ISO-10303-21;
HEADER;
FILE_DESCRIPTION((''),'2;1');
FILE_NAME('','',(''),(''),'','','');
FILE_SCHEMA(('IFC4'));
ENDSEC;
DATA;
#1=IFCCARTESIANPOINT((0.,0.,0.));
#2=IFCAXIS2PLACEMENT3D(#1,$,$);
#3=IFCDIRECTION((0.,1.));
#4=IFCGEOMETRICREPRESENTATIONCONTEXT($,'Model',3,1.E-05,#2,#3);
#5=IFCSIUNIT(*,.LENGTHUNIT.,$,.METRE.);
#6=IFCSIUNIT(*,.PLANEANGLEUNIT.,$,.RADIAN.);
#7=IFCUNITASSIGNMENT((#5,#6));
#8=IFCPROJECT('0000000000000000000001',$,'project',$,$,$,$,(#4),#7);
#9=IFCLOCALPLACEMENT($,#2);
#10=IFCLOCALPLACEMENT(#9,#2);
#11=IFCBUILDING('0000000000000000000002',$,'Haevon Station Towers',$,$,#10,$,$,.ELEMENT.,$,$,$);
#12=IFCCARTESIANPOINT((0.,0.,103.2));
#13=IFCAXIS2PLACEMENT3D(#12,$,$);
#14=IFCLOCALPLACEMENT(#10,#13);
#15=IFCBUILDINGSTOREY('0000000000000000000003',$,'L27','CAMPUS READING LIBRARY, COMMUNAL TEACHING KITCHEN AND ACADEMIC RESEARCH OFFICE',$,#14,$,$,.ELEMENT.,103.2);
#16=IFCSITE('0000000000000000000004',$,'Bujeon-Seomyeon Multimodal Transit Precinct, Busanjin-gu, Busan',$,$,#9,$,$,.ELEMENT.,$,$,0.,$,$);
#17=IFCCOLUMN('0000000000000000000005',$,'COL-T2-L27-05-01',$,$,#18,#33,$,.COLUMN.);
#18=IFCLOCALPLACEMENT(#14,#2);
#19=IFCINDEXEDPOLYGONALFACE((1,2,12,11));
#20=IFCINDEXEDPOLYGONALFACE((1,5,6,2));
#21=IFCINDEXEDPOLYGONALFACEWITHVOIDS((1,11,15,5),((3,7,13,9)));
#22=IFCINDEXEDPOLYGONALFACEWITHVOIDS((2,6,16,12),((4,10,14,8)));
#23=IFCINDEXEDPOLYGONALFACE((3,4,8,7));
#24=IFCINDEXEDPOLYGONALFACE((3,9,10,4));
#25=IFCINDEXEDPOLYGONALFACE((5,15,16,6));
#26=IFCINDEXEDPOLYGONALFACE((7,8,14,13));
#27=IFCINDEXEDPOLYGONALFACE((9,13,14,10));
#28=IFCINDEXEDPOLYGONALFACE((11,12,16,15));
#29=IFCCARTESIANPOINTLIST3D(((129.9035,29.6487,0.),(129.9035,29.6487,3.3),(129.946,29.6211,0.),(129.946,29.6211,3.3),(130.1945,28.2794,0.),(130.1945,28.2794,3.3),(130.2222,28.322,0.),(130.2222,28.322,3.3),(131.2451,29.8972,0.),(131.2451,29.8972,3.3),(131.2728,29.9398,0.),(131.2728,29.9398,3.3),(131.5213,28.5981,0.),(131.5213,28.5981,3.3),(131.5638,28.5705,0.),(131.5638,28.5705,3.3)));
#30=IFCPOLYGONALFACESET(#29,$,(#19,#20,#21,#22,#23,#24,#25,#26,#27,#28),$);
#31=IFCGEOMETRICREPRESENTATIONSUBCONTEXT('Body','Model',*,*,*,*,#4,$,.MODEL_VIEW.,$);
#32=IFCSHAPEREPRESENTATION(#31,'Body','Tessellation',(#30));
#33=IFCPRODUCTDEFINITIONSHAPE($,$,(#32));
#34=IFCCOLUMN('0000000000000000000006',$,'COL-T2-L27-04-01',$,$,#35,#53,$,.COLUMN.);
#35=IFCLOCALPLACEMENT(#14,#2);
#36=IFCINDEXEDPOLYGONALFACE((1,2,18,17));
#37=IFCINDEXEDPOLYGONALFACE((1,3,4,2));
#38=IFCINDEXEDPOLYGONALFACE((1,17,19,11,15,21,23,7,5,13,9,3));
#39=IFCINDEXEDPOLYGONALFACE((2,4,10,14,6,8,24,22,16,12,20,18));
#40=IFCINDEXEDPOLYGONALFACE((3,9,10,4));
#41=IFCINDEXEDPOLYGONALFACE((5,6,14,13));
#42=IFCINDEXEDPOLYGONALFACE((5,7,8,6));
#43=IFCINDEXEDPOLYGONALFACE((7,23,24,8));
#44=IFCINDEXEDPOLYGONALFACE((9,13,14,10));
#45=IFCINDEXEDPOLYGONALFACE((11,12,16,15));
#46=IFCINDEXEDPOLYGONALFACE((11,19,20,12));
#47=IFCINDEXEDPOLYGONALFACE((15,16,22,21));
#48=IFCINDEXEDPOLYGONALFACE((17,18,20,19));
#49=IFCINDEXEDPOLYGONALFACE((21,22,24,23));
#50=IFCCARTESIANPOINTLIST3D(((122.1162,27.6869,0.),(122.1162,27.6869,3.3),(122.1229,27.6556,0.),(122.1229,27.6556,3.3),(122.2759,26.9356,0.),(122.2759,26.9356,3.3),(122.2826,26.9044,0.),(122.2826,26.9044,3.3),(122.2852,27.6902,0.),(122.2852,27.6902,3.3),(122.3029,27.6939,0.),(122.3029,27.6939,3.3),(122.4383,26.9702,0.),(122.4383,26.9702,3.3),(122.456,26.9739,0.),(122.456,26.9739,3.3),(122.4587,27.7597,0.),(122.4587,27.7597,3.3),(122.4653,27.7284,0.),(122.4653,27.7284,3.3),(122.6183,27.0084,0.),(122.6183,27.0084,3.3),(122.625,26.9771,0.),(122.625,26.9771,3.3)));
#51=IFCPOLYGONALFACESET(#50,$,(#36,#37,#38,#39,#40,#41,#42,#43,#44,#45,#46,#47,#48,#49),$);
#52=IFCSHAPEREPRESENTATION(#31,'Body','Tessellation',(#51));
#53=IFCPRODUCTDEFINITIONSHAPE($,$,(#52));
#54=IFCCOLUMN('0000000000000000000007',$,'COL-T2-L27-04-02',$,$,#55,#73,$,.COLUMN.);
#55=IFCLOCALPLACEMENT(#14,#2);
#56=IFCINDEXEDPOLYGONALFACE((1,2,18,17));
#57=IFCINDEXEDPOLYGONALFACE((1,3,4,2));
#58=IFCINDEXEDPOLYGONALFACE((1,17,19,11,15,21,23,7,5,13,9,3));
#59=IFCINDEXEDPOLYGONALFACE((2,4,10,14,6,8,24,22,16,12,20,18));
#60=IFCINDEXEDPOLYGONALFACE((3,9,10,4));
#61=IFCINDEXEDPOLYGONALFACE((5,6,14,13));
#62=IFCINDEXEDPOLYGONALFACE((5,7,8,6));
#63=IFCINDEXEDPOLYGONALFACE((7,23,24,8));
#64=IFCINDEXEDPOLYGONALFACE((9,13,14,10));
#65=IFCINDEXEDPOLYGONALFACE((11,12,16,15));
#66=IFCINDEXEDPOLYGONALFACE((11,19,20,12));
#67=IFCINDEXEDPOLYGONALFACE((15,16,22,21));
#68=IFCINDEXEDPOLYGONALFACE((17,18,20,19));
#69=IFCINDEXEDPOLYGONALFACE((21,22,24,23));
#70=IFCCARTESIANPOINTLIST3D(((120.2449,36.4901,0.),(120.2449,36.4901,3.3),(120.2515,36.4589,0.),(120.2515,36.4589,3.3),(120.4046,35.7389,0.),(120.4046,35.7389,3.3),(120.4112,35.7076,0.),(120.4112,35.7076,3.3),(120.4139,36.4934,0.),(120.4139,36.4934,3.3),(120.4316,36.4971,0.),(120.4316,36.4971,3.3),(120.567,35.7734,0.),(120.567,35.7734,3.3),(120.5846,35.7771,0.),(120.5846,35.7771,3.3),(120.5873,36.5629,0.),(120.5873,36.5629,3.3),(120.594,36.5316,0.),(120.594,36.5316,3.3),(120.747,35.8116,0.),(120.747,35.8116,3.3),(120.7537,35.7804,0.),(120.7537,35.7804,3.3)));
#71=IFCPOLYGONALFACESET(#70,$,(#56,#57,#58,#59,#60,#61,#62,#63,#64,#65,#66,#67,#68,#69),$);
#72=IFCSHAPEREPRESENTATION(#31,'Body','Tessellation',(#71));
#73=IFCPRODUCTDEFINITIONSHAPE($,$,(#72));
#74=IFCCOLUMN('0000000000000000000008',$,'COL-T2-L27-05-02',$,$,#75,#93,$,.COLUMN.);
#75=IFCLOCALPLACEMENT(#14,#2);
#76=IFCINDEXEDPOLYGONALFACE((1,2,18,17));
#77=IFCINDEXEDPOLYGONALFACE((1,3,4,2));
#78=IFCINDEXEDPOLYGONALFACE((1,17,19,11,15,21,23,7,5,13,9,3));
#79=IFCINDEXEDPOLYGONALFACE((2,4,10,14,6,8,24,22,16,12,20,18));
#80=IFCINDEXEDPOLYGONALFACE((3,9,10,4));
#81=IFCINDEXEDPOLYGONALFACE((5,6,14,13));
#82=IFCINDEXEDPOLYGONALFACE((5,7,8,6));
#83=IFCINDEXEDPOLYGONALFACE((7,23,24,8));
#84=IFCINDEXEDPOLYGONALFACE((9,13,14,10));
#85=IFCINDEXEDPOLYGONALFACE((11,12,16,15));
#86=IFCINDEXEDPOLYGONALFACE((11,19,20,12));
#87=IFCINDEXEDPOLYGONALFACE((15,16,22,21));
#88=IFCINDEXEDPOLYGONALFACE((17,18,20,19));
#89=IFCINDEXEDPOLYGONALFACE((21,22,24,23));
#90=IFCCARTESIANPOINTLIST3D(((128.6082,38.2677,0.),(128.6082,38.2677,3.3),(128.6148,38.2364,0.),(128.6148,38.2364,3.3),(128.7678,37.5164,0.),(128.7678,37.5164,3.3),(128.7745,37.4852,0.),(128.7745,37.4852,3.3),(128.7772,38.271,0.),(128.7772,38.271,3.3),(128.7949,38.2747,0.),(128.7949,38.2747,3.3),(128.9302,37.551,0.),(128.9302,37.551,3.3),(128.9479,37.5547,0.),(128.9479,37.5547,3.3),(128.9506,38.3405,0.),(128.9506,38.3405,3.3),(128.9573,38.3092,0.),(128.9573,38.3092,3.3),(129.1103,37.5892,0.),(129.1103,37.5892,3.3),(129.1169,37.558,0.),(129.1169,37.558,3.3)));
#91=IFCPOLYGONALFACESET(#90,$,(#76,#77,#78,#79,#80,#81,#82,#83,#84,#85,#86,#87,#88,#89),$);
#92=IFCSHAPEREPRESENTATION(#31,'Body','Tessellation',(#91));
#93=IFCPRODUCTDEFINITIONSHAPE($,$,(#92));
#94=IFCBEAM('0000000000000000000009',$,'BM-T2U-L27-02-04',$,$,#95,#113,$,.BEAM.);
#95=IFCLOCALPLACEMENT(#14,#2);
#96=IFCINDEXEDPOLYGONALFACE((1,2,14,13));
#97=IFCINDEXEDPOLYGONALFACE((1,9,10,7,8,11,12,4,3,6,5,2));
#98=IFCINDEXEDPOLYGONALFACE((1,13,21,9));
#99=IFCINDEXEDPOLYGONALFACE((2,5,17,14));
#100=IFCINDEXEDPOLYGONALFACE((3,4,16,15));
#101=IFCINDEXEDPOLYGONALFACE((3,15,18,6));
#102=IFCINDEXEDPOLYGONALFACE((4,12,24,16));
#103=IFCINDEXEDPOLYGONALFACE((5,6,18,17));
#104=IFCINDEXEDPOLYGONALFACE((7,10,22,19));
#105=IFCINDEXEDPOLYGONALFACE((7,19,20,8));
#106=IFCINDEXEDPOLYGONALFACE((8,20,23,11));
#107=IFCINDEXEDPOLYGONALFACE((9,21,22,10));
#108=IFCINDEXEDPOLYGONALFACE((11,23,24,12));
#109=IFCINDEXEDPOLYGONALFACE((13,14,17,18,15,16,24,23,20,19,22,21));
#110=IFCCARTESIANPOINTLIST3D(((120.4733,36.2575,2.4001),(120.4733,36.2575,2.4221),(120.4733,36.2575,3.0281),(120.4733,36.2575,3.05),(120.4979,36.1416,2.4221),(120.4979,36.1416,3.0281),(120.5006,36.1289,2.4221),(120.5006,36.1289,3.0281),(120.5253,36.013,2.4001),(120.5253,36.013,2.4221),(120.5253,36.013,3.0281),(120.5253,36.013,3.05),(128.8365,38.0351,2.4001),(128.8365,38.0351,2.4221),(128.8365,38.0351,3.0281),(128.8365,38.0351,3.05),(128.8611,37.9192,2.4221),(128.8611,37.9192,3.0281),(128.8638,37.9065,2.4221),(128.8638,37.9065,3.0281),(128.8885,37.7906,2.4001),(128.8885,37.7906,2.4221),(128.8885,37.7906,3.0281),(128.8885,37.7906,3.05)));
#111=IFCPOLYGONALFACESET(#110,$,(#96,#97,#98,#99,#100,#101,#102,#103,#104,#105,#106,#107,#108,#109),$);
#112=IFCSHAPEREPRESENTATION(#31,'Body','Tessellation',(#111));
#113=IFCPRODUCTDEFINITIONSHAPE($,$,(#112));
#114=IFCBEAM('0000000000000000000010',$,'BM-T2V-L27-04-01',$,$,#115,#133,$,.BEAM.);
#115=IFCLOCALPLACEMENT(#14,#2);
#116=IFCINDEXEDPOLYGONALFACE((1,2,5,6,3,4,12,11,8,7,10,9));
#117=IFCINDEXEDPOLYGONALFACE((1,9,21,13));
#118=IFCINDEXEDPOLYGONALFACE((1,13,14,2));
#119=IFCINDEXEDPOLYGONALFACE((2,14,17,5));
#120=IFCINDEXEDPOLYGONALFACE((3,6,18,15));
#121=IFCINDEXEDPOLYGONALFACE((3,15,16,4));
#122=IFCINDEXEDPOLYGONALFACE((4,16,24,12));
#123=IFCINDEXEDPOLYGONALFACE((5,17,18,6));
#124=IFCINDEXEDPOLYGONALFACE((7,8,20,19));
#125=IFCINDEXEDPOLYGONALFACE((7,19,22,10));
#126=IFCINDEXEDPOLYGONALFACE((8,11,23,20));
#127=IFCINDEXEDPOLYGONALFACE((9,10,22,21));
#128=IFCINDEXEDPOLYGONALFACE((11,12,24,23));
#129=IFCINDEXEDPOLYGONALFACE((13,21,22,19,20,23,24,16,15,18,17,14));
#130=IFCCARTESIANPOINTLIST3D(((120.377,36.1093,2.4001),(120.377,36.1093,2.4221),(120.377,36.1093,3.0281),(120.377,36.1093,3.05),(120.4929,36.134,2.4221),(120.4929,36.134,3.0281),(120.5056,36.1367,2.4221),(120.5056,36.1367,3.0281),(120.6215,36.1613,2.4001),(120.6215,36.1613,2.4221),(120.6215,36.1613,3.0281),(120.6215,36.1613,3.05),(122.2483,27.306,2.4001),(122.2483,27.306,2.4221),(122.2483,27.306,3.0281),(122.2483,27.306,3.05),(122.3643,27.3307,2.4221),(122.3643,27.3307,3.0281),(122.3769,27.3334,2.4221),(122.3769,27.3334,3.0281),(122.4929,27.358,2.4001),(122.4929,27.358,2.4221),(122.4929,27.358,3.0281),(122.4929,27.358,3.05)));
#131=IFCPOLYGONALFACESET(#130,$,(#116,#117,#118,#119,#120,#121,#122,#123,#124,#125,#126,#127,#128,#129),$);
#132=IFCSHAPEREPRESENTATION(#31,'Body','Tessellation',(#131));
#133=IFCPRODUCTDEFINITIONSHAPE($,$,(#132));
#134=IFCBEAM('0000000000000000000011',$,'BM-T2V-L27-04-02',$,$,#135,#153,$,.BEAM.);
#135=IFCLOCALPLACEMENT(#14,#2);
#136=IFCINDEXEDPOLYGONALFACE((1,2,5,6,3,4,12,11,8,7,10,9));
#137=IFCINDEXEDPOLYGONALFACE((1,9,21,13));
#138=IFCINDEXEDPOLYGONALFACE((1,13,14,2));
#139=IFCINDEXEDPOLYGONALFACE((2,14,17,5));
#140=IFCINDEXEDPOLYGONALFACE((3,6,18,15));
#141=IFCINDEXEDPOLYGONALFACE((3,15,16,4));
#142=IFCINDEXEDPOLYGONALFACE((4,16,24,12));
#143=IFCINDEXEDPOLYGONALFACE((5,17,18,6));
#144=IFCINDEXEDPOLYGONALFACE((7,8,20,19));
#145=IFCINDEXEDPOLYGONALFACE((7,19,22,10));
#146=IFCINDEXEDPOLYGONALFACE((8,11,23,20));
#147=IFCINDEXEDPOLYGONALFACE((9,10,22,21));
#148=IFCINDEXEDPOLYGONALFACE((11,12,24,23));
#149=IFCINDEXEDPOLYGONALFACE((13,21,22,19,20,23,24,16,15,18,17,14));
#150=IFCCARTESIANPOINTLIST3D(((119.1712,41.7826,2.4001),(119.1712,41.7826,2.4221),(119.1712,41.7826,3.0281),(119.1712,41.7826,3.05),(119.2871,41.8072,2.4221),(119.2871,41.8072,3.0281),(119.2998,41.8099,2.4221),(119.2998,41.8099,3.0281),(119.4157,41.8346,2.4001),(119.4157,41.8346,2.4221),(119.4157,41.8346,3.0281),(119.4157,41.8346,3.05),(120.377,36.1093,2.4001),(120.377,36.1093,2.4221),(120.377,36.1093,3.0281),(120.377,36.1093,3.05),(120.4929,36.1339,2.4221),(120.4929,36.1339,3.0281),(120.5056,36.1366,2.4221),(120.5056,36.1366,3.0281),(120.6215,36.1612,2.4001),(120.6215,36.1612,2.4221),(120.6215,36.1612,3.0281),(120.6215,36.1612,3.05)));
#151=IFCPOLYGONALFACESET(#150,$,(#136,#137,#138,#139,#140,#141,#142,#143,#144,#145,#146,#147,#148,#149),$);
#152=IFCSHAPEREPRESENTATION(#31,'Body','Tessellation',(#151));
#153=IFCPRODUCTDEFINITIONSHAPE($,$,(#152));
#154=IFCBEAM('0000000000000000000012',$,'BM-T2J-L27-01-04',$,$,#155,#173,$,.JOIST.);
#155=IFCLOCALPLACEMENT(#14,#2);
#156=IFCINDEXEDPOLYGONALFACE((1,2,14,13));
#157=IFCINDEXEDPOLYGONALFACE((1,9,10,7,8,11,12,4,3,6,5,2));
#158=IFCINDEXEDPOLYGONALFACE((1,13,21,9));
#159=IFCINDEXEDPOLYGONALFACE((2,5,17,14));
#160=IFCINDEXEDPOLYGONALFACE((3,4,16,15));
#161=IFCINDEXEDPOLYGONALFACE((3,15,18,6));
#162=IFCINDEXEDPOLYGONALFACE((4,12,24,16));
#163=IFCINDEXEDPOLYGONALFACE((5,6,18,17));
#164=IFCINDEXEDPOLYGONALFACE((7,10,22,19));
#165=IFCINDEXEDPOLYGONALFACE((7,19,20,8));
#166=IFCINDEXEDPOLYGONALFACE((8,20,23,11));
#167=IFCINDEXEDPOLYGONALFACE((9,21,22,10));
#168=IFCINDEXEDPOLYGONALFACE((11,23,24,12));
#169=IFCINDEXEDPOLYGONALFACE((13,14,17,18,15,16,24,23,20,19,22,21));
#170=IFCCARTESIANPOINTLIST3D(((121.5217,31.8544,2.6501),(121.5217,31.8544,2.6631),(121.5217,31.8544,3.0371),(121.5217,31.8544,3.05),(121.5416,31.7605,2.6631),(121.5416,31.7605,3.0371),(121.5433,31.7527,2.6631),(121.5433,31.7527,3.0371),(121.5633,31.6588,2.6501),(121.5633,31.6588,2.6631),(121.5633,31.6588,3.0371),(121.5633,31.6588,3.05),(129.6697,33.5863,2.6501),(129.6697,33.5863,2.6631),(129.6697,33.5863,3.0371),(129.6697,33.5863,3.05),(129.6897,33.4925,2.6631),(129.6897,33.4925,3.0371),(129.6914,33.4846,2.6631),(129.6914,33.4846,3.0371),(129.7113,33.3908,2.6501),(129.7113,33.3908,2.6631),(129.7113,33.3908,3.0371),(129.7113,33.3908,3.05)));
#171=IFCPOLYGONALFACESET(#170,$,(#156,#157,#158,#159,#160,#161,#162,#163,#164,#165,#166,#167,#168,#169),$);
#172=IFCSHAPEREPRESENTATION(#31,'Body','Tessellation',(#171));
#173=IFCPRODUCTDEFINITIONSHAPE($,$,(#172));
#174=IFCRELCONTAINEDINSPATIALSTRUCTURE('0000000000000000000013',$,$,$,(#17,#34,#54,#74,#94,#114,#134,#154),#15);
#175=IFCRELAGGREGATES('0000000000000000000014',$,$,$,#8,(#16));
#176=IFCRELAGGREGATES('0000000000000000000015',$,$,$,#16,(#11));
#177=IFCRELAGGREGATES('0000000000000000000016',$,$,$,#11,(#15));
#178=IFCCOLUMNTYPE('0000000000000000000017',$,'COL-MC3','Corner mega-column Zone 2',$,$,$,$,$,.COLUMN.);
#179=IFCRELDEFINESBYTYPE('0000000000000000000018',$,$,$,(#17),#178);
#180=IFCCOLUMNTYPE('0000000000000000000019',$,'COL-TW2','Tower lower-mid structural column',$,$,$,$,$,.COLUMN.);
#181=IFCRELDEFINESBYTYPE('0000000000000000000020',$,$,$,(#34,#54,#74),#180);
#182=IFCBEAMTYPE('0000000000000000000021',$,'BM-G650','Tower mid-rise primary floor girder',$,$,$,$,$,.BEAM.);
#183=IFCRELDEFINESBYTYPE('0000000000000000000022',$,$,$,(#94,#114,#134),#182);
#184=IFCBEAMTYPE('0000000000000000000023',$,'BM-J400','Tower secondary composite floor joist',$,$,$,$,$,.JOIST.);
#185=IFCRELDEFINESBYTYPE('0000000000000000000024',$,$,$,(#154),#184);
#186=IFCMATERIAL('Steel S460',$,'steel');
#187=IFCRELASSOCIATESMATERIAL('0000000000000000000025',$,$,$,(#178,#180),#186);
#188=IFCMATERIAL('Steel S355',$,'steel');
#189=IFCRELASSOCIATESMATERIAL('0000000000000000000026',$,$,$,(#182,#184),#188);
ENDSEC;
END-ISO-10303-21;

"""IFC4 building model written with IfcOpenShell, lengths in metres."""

from ifc_helpers import new_model, si_unit, direction, frame, origin, origin_2d, place, context, subcontext, project, spatial, hollow_rectangle, i_section, extrude, material, material_profile, profile_set, type_object, element, save


model = new_model("IFC4")

# Units and contexts
model_context = context("Model", 3, precision=1e-05, world=origin(), true_north=direction((0.0, 1.0)))
body_context = subcontext(model_context, "Body", "Model", "MODEL_VIEW")
ifc_project = project(units=[si_unit("LENGTHUNIT", "METRE"), si_unit("PLANEANGLEUNIT", "RADIAN")], contexts=[model_context])

# Site, building, storey
site_placement = place(None, origin())
site = spatial("IfcSite", under=ifc_project, at=site_placement, Name="Bujeon-Seomyeon Multimodal Transit Precinct, Busanjin-gu, Busan", CompositionType="ELEMENT", RefElevation=0.0)
building_placement = place(site_placement, origin())
building = spatial("IfcBuilding", under=site, at=building_placement, Name="Haevon Station Towers", CompositionType="ELEMENT")
storey_placement = place(building_placement, frame((0.0, 0.0, 103.2)))
storey = spatial("IfcBuildingStorey", under=building, at=storey_placement, Name="L27", Description="CAMPUS READING LIBRARY, COMMUNAL TEACHING KITCHEN AND ACADEMIC RESEARCH OFFICE", CompositionType="ELEMENT", Elevation=103.2)

# Columns
ifc_material_1 = material(Name="Steel S460", Category="steel")
ifc_material_profile_1 = material_profile(ifc_material_1, hollow_rectangle(XDim=1.3999, YDim=1.3999, WallThickness=0.0359, at=origin_2d()), Name="BOX-1400x1400x36")
ifc_profile_set_1 = profile_set([ifc_material_profile_1], Name="Steel S460")
column_type_1 = type_object("IfcColumnType", Name="COL-MC3", Description="Corner mega-column Zone 2", PredefinedType="COLUMN", material=ifc_profile_set_1)
column_placement = place(storey_placement, frame((130.7336, 29.1096, 0.0), z_axis=(0.0, 0.0, 1.0), x_axis=(0.978148, 0.207912, 0.0)))
element("IfcColumn", 1, at=column_placement, inside=storey, type_object=column_type_1, Name="COL-T2-L27-05-01", PredefinedType="COLUMN", context=body_context, shape_type="SweptSolid", body=[
    extrude(hollow_rectangle(XDim=1.3999, YDim=1.3999, WallThickness=0.0359, at=origin_2d()), origin(), (0.0, 0.0, 1.0), 3.3),
])
ifc_material_profile_2 = material_profile(ifc_material_1, i_section(OverallWidth=0.3501, OverallDepth=0.8, WebThickness=0.0181, FlangeThickness=0.032, at=origin_2d()), Name="H-800x350x18x32")
ifc_profile_set_2 = profile_set([ifc_material_profile_2], Name="Steel S460")
column_type_2 = type_object("IfcColumnType", Name="COL-TW2", Description="Tower lower-mid structural column", PredefinedType="COLUMN", material=ifc_profile_set_2)
for number, where, z_axis, x_axis, name in (
    (2, (122.3706, 27.332, 0.0), (0.0, 0.0, 1.0), (0.978148, 0.207912, 0.0), "COL-T2-L27-04-01"),
    (3, (120.4993, 36.1353, 0.0), (0.0, 0.0, 1.0), (0.978148, 0.207912, 0.0), "COL-T2-L27-04-02"),
    (4, (128.8625, 37.9128, 0.0), (0.0, 0.0, 1.0), (0.978148, 0.207912, 0.0), "COL-T2-L27-05-02"),
):
    element("IfcColumn", number, at=place(storey_placement, frame(where, z_axis=z_axis, x_axis=x_axis)), inside=storey, type_object=column_type_2, Name=name, PredefinedType="COLUMN", context=body_context, shape_type="SweptSolid", body=[
        extrude(i_section(OverallWidth=0.3501, OverallDepth=0.8, WebThickness=0.0181, FlangeThickness=0.032, at=origin_2d()), origin(), (0.0, 0.0, 1.0), 3.3),
    ])

# Beams
ifc_material_2 = material(Name="Steel S355", Category="steel")
ifc_material_profile_3 = material_profile(ifc_material_2, i_section(OverallWidth=0.25, OverallDepth=0.6499, WebThickness=0.0129, FlangeThickness=0.022, at=origin_2d()), Name="H-650x250x13x22")
ifc_profile_set_3 = profile_set([ifc_material_profile_3], Name="Steel S355")
beam_type_1 = type_object("IfcBeamType", Name="BM-G650", Description="Tower mid-rise primary floor girder", PredefinedType="BEAM", material=ifc_profile_set_3)
beam_1_placement = place(storey_placement, frame((120.4993, 36.1353, 2.7251), z_axis=(0.97815, 0.207902, 0.0), x_axis=(-0.207902, 0.97815, 0.0)))
element("IfcBeam", 5, at=beam_1_placement, inside=storey, type_object=beam_type_1, Name="BM-T2U-L27-02-04", PredefinedType="BEAM", context=body_context, shape_type="SweptSolid", body=[
    extrude(i_section(OverallWidth=0.25, OverallDepth=0.6499, WebThickness=0.0129, FlangeThickness=0.022, at=origin_2d()), origin(), (0.0, 0.0, 1.0), 8.55),
])
beam_2_placement = place(storey_placement, frame((122.3706, 27.332, 2.7251), z_axis=(-0.207928, 0.978144, 0.0), x_axis=(-0.978144, -0.207928, 0.0)))
element("IfcBeam", 6, at=beam_2_placement, inside=storey, type_object=beam_type_1, Name="BM-T2V-L27-04-01", PredefinedType="BEAM", context=body_context, shape_type="SweptSolid", body=[
    extrude(i_section(OverallWidth=0.25, OverallDepth=0.6499, WebThickness=0.0129, FlangeThickness=0.022, at=origin_2d()), origin(), (0.0, 0.0, 1.0), 9.0),
])
beam_3_placement = place(storey_placement, frame((120.4993, 36.1353, 2.7251), z_axis=(-0.207896, 0.978151, 0.0), x_axis=(-0.978151, -0.207896, 0.0)))
element("IfcBeam", 7, at=beam_3_placement, inside=storey, type_object=beam_type_1, Name="BM-T2V-L27-04-02", PredefinedType="BEAM", context=body_context, shape_type="SweptSolid", body=[
    extrude(i_section(OverallWidth=0.25, OverallDepth=0.6499, WebThickness=0.0129, FlangeThickness=0.022, at=origin_2d()), origin(), (0.0, 0.0, 1.0), 5.8),
])
ifc_material_profile_4 = material_profile(ifc_material_2, i_section(OverallWidth=0.2, OverallDepth=0.3999, WebThickness=0.0081, FlangeThickness=0.0129, at=origin_2d()), Name="H-400x200x8x13")
ifc_profile_set_4 = profile_set([ifc_material_profile_4], Name="Steel S355")
beam_type_2 = type_object("IfcBeamType", Name="BM-J400", Description="Tower secondary composite floor joist", PredefinedType="JOIST", material=ifc_profile_set_4)
beam_4_placement = place(storey_placement, frame((121.5425, 31.7566, 2.8501), z_axis=(0.978147, 0.207916, 0.0), x_axis=(-0.207916, 0.978147, 0.0)))
element("IfcBeam", 8, at=beam_4_placement, inside=storey, type_object=beam_type_2, Name="BM-T2J-L27-01-04", PredefinedType="JOIST", context=body_context, shape_type="SweptSolid", body=[
    extrude(i_section(OverallWidth=0.2, OverallDepth=0.3999, WebThickness=0.0081, FlangeThickness=0.0129, at=origin_2d()), origin(), (0.0, 0.0, 1.0), 8.3301),
])

save(model, "model.ifc")
